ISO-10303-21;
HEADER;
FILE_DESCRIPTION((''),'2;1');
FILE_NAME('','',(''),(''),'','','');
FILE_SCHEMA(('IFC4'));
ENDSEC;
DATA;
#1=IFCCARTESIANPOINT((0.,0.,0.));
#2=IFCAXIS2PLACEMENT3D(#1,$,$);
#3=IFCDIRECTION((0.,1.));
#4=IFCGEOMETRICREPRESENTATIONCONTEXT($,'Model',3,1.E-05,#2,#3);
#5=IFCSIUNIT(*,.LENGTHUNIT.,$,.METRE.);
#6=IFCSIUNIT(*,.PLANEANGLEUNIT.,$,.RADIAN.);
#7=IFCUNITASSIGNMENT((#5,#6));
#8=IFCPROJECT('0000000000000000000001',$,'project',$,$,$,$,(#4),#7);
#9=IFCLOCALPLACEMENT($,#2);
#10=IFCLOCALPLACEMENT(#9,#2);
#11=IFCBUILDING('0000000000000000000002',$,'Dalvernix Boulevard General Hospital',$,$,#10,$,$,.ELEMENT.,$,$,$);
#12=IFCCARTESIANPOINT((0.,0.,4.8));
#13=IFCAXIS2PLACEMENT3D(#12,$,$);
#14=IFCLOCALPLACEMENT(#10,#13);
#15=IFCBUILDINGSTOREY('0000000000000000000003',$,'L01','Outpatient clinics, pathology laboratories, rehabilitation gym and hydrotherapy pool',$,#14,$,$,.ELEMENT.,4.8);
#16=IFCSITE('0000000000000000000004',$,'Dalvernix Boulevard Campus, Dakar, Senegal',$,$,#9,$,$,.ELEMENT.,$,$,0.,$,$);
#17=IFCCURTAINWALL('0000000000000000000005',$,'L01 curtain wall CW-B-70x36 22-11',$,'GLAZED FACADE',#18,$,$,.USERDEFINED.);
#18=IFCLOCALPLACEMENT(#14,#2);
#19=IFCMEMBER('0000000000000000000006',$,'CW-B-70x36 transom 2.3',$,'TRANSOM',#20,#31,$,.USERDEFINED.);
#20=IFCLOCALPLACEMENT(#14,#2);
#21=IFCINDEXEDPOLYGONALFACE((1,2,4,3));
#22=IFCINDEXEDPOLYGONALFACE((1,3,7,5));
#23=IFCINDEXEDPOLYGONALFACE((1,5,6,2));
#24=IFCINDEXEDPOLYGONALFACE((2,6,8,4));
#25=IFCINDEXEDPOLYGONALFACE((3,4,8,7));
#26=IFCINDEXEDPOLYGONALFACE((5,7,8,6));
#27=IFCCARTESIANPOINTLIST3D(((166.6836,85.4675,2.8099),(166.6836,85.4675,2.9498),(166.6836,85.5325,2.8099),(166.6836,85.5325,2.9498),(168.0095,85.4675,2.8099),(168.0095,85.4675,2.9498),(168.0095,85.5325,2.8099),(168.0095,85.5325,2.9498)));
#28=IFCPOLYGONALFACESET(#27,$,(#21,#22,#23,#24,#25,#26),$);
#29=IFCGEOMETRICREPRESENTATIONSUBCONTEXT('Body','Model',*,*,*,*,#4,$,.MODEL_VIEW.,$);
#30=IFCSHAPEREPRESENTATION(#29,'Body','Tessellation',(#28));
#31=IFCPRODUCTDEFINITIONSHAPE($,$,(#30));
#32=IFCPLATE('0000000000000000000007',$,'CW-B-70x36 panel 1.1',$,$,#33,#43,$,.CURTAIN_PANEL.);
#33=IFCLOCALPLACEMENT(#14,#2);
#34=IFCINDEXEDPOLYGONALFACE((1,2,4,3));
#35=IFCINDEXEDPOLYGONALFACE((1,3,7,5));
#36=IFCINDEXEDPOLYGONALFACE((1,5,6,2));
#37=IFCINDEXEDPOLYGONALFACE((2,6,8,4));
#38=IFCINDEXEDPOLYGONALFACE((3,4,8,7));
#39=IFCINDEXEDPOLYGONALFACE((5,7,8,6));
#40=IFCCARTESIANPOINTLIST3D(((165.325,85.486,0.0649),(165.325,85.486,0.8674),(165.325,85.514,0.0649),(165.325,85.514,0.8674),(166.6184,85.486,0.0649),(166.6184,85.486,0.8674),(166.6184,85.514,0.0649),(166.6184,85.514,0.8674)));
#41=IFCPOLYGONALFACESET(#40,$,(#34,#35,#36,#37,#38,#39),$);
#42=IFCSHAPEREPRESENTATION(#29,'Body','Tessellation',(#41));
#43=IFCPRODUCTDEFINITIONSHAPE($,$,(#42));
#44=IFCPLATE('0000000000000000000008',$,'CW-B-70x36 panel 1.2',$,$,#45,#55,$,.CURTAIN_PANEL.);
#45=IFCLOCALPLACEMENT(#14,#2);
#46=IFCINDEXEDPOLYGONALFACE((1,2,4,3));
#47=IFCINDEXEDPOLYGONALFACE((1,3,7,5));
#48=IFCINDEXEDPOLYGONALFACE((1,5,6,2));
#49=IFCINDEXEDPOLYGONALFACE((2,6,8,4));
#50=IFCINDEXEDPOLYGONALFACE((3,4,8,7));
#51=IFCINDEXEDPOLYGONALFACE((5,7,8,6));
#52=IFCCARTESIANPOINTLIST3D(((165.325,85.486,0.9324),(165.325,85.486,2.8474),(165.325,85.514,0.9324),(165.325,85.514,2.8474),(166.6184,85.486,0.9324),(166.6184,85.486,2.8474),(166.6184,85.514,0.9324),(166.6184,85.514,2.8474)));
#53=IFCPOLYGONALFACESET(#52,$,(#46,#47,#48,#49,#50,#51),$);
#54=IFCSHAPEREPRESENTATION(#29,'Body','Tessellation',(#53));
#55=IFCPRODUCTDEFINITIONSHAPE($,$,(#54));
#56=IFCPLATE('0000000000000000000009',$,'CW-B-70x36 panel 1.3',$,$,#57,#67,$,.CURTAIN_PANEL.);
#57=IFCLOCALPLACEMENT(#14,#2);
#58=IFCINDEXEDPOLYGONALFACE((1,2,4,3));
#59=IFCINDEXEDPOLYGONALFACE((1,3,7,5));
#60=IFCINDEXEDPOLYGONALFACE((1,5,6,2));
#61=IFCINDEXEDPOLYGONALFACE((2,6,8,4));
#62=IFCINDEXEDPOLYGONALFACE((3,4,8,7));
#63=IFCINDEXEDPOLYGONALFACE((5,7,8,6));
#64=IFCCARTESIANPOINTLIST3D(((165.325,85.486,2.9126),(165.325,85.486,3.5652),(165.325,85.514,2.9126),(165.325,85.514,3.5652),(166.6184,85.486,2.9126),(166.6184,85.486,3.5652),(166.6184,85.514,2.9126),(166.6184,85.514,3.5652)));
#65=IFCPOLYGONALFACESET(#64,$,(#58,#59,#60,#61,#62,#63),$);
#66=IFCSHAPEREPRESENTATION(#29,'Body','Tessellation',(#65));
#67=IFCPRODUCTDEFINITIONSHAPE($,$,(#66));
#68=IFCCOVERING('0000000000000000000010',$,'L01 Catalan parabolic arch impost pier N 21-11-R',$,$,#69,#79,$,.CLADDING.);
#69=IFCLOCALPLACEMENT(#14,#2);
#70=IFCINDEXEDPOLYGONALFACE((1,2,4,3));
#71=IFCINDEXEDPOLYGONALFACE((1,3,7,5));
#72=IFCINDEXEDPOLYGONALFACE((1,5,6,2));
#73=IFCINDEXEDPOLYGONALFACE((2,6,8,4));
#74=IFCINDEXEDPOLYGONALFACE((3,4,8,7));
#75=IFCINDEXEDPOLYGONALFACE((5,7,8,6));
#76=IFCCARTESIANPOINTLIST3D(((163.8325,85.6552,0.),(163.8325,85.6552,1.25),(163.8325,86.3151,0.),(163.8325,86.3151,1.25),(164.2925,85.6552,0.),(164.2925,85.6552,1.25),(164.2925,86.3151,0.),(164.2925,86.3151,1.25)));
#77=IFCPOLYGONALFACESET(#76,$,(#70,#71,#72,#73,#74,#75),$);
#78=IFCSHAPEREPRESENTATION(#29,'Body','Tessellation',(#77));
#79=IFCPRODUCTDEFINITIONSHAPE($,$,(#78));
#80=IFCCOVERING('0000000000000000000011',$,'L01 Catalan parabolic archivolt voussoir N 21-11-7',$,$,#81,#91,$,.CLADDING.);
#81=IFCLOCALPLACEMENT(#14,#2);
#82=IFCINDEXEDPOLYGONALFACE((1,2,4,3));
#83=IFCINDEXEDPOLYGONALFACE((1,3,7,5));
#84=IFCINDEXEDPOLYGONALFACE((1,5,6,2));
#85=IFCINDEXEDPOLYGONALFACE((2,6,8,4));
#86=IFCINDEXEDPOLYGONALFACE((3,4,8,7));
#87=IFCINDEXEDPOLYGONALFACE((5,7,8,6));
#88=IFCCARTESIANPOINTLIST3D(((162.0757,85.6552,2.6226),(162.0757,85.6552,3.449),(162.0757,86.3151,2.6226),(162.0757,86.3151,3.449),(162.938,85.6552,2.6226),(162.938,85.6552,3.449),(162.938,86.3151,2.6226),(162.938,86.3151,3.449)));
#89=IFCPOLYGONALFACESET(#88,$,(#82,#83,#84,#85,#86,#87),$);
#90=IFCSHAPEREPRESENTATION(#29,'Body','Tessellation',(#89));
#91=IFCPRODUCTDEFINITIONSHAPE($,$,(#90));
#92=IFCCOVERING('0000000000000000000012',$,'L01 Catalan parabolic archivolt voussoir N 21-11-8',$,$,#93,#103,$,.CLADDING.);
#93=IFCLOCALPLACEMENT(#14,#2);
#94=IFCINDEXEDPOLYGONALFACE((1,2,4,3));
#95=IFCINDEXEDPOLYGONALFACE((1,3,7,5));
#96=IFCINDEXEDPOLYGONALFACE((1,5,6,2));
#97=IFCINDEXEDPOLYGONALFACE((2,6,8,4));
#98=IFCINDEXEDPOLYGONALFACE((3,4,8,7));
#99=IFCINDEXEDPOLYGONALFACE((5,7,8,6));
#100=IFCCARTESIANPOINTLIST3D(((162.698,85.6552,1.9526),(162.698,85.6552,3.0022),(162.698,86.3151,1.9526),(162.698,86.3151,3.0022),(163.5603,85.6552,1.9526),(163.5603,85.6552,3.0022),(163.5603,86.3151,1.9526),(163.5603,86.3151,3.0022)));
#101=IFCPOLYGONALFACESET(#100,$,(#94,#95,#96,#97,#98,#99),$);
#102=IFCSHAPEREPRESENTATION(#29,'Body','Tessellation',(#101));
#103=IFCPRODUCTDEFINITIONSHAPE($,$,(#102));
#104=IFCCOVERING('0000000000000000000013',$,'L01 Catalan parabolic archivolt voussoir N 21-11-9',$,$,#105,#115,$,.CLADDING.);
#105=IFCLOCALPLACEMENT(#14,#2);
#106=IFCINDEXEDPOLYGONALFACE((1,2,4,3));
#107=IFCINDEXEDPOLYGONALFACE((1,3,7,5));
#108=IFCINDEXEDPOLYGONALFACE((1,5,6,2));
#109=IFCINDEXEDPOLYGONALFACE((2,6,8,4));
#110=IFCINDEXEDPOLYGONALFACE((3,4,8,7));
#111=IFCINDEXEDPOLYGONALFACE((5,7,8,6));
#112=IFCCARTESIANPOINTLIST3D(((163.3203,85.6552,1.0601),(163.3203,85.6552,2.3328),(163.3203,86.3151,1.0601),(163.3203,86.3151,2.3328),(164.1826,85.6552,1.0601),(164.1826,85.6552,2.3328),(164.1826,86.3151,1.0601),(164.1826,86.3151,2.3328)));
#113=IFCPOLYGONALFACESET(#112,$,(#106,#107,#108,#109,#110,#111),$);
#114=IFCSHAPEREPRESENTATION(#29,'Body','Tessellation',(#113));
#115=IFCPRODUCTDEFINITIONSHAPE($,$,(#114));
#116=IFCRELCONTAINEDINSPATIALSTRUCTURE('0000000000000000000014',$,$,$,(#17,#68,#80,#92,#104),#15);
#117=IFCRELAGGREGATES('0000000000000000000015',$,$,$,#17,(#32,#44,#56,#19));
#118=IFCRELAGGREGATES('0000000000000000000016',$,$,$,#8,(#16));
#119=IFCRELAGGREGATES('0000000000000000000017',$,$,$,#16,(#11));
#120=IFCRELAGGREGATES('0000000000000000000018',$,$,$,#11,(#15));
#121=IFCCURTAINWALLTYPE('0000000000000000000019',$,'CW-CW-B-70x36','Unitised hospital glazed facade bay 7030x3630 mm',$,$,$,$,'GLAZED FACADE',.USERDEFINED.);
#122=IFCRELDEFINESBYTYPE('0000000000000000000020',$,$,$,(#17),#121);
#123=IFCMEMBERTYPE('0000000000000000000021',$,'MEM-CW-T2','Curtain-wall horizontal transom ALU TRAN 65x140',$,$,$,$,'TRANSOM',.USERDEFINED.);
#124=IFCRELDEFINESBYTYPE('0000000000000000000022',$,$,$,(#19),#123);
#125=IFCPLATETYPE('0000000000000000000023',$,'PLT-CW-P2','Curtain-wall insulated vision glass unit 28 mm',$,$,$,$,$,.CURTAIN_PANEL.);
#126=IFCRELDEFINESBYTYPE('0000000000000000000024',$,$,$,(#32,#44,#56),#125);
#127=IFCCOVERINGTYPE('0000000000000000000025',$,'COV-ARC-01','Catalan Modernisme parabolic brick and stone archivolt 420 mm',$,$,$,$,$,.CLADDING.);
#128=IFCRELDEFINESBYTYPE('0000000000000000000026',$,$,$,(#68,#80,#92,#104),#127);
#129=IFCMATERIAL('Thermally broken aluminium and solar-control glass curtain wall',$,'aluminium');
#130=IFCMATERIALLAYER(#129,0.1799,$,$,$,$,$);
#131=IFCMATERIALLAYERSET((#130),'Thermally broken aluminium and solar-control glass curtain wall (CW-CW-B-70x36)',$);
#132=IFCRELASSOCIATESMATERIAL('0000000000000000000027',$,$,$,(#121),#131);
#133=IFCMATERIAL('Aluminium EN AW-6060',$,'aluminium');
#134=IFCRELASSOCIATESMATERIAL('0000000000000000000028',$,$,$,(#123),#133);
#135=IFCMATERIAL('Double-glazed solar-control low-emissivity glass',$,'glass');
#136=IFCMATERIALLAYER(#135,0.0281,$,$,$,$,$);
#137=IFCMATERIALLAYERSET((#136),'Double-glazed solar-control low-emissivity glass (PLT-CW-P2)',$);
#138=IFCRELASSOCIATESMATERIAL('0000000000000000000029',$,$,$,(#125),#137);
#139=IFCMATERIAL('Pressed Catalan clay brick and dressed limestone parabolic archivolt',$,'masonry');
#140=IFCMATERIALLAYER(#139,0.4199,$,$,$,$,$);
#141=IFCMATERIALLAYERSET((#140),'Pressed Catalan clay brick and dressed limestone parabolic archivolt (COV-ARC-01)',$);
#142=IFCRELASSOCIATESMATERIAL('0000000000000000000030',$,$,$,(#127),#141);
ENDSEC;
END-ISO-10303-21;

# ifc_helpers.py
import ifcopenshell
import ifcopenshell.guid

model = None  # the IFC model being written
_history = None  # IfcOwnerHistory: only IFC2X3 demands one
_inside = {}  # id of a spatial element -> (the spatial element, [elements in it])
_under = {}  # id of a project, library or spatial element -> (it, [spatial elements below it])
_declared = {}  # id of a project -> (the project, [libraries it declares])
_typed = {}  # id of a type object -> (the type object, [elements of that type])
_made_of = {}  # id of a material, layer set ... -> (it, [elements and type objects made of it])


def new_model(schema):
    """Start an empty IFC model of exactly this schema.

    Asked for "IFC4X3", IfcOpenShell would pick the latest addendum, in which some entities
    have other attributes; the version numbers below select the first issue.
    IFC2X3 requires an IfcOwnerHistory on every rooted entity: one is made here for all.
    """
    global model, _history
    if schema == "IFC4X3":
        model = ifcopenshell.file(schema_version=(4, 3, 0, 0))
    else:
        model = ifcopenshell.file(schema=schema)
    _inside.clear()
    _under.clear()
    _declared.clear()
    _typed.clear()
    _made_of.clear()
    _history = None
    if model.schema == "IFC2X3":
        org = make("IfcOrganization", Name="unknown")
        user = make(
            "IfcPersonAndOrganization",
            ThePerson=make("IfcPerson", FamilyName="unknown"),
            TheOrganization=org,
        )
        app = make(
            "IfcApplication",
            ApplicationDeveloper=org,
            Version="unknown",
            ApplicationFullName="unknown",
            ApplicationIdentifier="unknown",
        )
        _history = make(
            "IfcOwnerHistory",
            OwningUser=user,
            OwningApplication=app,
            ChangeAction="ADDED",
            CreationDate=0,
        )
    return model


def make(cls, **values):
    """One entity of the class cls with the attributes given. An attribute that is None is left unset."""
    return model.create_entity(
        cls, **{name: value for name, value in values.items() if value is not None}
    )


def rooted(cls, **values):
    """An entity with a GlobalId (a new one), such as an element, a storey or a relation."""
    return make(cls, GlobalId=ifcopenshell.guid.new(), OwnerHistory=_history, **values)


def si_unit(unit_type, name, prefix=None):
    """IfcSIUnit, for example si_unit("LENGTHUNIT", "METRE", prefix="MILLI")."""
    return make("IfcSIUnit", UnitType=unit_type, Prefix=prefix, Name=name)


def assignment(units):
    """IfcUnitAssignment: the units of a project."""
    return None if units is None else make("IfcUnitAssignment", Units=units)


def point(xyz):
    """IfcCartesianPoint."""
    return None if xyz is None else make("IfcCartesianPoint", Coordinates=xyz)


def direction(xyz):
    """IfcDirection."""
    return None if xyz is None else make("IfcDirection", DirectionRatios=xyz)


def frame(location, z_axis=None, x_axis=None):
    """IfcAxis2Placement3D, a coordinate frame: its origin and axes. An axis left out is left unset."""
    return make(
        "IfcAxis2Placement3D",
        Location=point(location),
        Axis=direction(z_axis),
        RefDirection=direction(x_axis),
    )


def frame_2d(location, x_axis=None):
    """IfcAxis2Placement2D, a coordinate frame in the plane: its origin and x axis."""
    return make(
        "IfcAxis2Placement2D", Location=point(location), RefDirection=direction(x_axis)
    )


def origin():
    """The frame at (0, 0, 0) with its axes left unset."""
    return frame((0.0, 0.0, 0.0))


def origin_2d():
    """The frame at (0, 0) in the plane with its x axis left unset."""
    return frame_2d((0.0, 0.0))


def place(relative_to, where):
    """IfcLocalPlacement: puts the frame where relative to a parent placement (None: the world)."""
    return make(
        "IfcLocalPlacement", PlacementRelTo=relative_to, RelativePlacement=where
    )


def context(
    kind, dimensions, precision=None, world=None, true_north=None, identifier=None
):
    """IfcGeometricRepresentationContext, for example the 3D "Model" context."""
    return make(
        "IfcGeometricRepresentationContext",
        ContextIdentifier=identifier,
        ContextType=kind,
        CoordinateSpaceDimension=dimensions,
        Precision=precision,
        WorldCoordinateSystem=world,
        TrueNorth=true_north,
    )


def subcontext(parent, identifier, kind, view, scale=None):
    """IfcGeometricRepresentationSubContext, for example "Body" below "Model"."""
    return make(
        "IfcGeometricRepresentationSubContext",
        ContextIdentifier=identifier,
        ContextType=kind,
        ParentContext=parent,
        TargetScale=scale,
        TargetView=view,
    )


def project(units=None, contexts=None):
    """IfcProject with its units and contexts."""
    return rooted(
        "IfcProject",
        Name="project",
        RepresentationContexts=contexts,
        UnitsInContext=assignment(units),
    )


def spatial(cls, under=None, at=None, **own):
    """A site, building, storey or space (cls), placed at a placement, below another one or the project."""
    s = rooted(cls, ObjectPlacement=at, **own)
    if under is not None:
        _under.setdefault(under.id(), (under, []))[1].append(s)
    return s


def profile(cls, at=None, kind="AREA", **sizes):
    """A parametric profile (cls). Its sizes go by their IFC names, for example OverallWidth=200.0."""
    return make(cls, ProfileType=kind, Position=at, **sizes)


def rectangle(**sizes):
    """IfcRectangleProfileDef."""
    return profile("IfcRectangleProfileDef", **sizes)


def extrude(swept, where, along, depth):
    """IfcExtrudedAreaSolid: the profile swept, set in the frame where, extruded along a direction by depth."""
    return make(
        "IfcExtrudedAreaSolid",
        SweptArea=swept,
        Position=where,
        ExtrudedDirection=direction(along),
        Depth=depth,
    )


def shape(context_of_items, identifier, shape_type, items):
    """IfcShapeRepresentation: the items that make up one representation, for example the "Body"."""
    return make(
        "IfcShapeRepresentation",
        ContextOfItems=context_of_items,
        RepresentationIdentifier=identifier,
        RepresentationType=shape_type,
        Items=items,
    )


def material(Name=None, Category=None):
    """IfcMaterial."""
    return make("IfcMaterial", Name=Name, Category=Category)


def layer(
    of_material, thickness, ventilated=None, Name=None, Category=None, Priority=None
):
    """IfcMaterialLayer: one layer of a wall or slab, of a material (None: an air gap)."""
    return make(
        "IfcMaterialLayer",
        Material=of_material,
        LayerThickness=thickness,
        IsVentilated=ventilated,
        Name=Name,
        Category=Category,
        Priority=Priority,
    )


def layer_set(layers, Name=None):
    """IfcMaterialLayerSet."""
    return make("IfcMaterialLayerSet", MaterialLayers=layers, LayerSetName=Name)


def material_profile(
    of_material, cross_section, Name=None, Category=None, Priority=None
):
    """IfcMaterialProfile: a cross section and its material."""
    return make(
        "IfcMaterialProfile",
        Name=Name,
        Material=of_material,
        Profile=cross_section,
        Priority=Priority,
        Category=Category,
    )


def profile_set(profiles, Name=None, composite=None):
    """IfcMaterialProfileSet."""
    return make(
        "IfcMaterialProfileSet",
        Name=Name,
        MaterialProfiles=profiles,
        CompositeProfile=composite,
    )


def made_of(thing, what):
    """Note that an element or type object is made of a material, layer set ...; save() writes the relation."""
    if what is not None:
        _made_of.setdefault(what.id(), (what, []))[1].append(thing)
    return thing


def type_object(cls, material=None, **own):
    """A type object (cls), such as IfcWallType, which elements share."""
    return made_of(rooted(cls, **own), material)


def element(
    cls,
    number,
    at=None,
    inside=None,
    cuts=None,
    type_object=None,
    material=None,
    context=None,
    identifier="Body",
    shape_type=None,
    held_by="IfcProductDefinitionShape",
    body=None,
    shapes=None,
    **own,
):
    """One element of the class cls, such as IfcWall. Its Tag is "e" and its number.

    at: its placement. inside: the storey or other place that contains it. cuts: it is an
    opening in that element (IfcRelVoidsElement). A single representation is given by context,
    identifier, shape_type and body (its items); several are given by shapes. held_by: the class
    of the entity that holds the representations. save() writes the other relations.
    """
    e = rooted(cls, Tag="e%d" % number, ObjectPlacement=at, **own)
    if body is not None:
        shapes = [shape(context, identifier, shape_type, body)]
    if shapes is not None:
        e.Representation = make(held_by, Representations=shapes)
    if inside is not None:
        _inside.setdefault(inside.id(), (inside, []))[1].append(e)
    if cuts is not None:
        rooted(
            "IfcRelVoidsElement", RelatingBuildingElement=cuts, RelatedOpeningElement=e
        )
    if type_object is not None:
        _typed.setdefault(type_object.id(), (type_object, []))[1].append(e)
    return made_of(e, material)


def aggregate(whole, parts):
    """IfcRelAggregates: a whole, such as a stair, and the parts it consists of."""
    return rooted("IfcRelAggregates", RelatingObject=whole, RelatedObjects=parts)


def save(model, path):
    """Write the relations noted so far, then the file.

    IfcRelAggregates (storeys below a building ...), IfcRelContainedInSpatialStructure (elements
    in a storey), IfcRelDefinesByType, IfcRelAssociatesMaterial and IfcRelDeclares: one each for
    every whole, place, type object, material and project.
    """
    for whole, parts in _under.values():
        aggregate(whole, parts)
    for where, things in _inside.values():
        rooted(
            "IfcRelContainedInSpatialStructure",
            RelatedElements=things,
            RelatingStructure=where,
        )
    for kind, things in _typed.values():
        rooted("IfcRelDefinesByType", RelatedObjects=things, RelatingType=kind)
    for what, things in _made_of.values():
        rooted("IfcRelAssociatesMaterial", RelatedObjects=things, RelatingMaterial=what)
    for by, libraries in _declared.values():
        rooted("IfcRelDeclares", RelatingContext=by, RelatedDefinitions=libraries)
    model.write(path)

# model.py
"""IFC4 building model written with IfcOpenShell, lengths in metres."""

from ifc_helpers import new_model, si_unit, direction, frame, origin, origin_2d, place, context, subcontext, project, spatial, rectangle, extrude, material, layer, layer_set, material_profile, profile_set, type_object, element, aggregate, save


model = new_model("IFC4")

# Units and contexts
model_context = context("Model", 3, precision=1e-05, world=origin(), true_north=direction((0.0, 1.0)))
body_context = subcontext(model_context, "Body", "Model", "MODEL_VIEW")
ifc_project = project(units=[si_unit("LENGTHUNIT", "METRE"), si_unit("PLANEANGLEUNIT", "RADIAN")], contexts=[model_context])

# Site, building, storey
site_placement = place(None, origin())
site = spatial("IfcSite", under=ifc_project, at=site_placement, Name="Dalvernix Boulevard Campus, Dakar, Senegal", CompositionType="ELEMENT", RefElevation=0.0)
building_placement = place(site_placement, origin())
building = spatial("IfcBuilding", under=site, at=building_placement, Name="Dalvernix Boulevard General Hospital", CompositionType="ELEMENT")
storey_placement = place(building_placement, frame((0.0, 0.0, 4.8)))
storey = spatial("IfcBuildingStorey", under=building, at=storey_placement, Name="L01", Description="Outpatient clinics, pathology laboratories, rehabilitation gym and hydrotherapy pool", CompositionType="ELEMENT", Elevation=4.8)

# Curtain wall, member, plates
ifc_material_1 = material(Name="Thermally broken aluminium and solar-control glass curtain wall", Category="aluminium")
ifc_layer_1 = layer(ifc_material_1, 0.1799)
ifc_layer_set_1 = layer_set([ifc_layer_1], Name="Thermally broken aluminium and solar-control glass curtain wall (CW-CW-B-70x36)")
curtain_wall_type = type_object("IfcCurtainWallType", Name="CW-CW-B-70x36", Description="Unitised hospital glazed facade bay 7030x3630 mm", ElementType="GLAZED FACADE", PredefinedType="USERDEFINED", material=ifc_layer_set_1)
curtain_wall_placement = place(storey_placement, origin())
curtain_wall = element("IfcCurtainWall", 1, at=curtain_wall_placement, inside=storey, type_object=curtain_wall_type, Name="L01 curtain wall CW-B-70x36 22-11", ObjectType="GLAZED FACADE", PredefinedType="USERDEFINED")
ifc_material_2 = material(Name="Aluminium EN AW-6060", Category="aluminium")
ifc_material_profile_1 = material_profile(ifc_material_2, rectangle(XDim=0.0649, YDim=0.1399, at=origin_2d()), Name="ALU TRAN 65x140")
ifc_profile_set_1 = profile_set([ifc_material_profile_1], Name="Aluminium EN AW-6060")
member_type_1 = type_object("IfcMemberType", Name="MEM-CW-T2", Description="Curtain-wall horizontal transom ALU TRAN 65x140", ElementType="TRANSOM", PredefinedType="USERDEFINED", material=ifc_profile_set_1)
member_1_placement = place(storey_placement, frame((166.6836, 85.5, 2.8799), z_axis=(1.0, 0.0, 0.0), x_axis=(0.0, 1.0, 0.0)))
member_1 = element("IfcMember", 2, at=member_1_placement, type_object=member_type_1, Name="CW-B-70x36 transom 2.3", ObjectType="TRANSOM", PredefinedType="USERDEFINED", context=body_context, shape_type="SweptSolid", body=[
    extrude(rectangle(XDim=0.0649, YDim=0.1399, at=origin_2d()), origin(), (0.0, 0.0, 1.0), 1.3259),
])
ifc_material_3 = material(Name="Double-glazed solar-control low-emissivity glass", Category="glass")
ifc_layer_2 = layer(ifc_material_3, 0.0281)
ifc_layer_set_2 = layer_set([ifc_layer_2], Name="Double-glazed solar-control low-emissivity glass (PLT-CW-P2)")
plate_type = type_object("IfcPlateType", Name="PLT-CW-P2", Description="Curtain-wall insulated vision glass unit 28 mm", PredefinedType="CURTAIN_PANEL", material=ifc_layer_set_2)
plate_1_placement = place(storey_placement, frame((165.9717, 85.5, 0.0649), z_axis=(0.0, 0.0, 1.0), x_axis=(1.0, 0.0, 0.0)))
plate_1 = element("IfcPlate", 3, at=plate_1_placement, type_object=plate_type, Name="CW-B-70x36 panel 1.1", PredefinedType="CURTAIN_PANEL", context=body_context, shape_type="SweptSolid", body=[
    extrude(rectangle(XDim=1.2935, YDim=0.0281, at=origin_2d()), origin(), (0.0, 0.0, 1.0), 0.8025),
])
plate_2_placement = place(storey_placement, frame((165.9717, 85.5, 0.9324), z_axis=(0.0, 0.0, 1.0), x_axis=(1.0, 0.0, 0.0)))
plate_2 = element("IfcPlate", 4, at=plate_2_placement, type_object=plate_type, Name="CW-B-70x36 panel 1.2", PredefinedType="CURTAIN_PANEL", context=body_context, shape_type="SweptSolid", body=[
    extrude(rectangle(XDim=1.2935, YDim=0.0281, at=origin_2d()), origin(), (0.0, 0.0, 1.0), 1.915),
])
plate_3_placement = place(storey_placement, frame((165.9717, 85.5, 2.9126), z_axis=(0.0, 0.0, 1.0), x_axis=(1.0, 0.0, 0.0)))
plate_3 = element("IfcPlate", 5, at=plate_3_placement, type_object=plate_type, Name="CW-B-70x36 panel 1.3", PredefinedType="CURTAIN_PANEL", context=body_context, shape_type="SweptSolid", body=[
    extrude(rectangle(XDim=1.2935, YDim=0.0281, at=origin_2d()), origin(), (0.0, 0.0, 1.0), 0.6526),
])
aggregate(curtain_wall, [plate_1, plate_2, plate_3, member_1])

# Coverings
ifc_material_4 = material(Name="Pressed Catalan clay brick and dressed limestone parabolic archivolt", Category="masonry")
ifc_layer_3 = layer(ifc_material_4, 0.4199)
ifc_layer_set_3 = layer_set([ifc_layer_3], Name="Pressed Catalan clay brick and dressed limestone parabolic archivolt (COV-ARC-01)")
covering_type = type_object("IfcCoveringType", Name="COV-ARC-01", Description="Catalan Modernisme parabolic brick and stone archivolt 420 mm", PredefinedType="CLADDING", material=ifc_layer_set_3)
covering_1_placement = place(storey_placement, frame((164.0625, 85.9851, 0.0), z_axis=(0.0, 0.0, 1.0), x_axis=(1.0, 0.0, 0.0)))
element("IfcCovering", 6, at=covering_1_placement, inside=storey, type_object=covering_type, Name="L01 Catalan parabolic arch impost pier N 21-11-R", PredefinedType="CLADDING", context=body_context, shape_type="SweptSolid", body=[
    extrude(rectangle(XDim=0.46, YDim=0.6599, at=origin_2d()), origin(), (0.0, 0.0, 1.0), 1.25),
])
covering_2_placement = place(storey_placement, frame((162.5068, 85.9851, 2.6226), z_axis=(0.0, 0.0, 1.0), x_axis=(1.0, 0.0, 0.0)))
element("IfcCovering", 7, at=covering_2_placement, inside=storey, type_object=covering_type, Name="L01 Catalan parabolic archivolt voussoir N 21-11-7", PredefinedType="CLADDING", context=body_context, shape_type="SweptSolid", body=[
    extrude(rectangle(XDim=0.8623, YDim=0.6599, at=origin_2d()), origin(), (0.0, 0.0, 1.0), 0.8264),
])
covering_3_placement = place(storey_placement, frame((163.1292, 85.9851, 1.9526), z_axis=(0.0, 0.0, 1.0), x_axis=(1.0, 0.0, 0.0)))
element("IfcCovering", 8, at=covering_3_placement, inside=storey, type_object=covering_type, Name="L01 Catalan parabolic archivolt voussoir N 21-11-8", PredefinedType="CLADDING", context=body_context, shape_type="SweptSolid", body=[
    extrude(rectangle(XDim=0.8623, YDim=0.6599, at=origin_2d()), origin(), (0.0, 0.0, 1.0), 1.0496),
])
covering_4_placement = place(storey_placement, frame((163.7515, 85.9851, 1.0601), z_axis=(0.0, 0.0, 1.0), x_axis=(1.0, 0.0, 0.0)))
element("IfcCovering", 9, at=covering_4_placement, inside=storey, type_object=covering_type, Name="L01 Catalan parabolic archivolt voussoir N 21-11-9", PredefinedType="CLADDING", context=body_context, shape_type="SweptSolid", body=[
    extrude(rectangle(XDim=0.8623, YDim=0.6599, at=origin_2d()), origin(), (0.0, 0.0, 1.0), 1.2727),
])

save(model, "model.ifc")
